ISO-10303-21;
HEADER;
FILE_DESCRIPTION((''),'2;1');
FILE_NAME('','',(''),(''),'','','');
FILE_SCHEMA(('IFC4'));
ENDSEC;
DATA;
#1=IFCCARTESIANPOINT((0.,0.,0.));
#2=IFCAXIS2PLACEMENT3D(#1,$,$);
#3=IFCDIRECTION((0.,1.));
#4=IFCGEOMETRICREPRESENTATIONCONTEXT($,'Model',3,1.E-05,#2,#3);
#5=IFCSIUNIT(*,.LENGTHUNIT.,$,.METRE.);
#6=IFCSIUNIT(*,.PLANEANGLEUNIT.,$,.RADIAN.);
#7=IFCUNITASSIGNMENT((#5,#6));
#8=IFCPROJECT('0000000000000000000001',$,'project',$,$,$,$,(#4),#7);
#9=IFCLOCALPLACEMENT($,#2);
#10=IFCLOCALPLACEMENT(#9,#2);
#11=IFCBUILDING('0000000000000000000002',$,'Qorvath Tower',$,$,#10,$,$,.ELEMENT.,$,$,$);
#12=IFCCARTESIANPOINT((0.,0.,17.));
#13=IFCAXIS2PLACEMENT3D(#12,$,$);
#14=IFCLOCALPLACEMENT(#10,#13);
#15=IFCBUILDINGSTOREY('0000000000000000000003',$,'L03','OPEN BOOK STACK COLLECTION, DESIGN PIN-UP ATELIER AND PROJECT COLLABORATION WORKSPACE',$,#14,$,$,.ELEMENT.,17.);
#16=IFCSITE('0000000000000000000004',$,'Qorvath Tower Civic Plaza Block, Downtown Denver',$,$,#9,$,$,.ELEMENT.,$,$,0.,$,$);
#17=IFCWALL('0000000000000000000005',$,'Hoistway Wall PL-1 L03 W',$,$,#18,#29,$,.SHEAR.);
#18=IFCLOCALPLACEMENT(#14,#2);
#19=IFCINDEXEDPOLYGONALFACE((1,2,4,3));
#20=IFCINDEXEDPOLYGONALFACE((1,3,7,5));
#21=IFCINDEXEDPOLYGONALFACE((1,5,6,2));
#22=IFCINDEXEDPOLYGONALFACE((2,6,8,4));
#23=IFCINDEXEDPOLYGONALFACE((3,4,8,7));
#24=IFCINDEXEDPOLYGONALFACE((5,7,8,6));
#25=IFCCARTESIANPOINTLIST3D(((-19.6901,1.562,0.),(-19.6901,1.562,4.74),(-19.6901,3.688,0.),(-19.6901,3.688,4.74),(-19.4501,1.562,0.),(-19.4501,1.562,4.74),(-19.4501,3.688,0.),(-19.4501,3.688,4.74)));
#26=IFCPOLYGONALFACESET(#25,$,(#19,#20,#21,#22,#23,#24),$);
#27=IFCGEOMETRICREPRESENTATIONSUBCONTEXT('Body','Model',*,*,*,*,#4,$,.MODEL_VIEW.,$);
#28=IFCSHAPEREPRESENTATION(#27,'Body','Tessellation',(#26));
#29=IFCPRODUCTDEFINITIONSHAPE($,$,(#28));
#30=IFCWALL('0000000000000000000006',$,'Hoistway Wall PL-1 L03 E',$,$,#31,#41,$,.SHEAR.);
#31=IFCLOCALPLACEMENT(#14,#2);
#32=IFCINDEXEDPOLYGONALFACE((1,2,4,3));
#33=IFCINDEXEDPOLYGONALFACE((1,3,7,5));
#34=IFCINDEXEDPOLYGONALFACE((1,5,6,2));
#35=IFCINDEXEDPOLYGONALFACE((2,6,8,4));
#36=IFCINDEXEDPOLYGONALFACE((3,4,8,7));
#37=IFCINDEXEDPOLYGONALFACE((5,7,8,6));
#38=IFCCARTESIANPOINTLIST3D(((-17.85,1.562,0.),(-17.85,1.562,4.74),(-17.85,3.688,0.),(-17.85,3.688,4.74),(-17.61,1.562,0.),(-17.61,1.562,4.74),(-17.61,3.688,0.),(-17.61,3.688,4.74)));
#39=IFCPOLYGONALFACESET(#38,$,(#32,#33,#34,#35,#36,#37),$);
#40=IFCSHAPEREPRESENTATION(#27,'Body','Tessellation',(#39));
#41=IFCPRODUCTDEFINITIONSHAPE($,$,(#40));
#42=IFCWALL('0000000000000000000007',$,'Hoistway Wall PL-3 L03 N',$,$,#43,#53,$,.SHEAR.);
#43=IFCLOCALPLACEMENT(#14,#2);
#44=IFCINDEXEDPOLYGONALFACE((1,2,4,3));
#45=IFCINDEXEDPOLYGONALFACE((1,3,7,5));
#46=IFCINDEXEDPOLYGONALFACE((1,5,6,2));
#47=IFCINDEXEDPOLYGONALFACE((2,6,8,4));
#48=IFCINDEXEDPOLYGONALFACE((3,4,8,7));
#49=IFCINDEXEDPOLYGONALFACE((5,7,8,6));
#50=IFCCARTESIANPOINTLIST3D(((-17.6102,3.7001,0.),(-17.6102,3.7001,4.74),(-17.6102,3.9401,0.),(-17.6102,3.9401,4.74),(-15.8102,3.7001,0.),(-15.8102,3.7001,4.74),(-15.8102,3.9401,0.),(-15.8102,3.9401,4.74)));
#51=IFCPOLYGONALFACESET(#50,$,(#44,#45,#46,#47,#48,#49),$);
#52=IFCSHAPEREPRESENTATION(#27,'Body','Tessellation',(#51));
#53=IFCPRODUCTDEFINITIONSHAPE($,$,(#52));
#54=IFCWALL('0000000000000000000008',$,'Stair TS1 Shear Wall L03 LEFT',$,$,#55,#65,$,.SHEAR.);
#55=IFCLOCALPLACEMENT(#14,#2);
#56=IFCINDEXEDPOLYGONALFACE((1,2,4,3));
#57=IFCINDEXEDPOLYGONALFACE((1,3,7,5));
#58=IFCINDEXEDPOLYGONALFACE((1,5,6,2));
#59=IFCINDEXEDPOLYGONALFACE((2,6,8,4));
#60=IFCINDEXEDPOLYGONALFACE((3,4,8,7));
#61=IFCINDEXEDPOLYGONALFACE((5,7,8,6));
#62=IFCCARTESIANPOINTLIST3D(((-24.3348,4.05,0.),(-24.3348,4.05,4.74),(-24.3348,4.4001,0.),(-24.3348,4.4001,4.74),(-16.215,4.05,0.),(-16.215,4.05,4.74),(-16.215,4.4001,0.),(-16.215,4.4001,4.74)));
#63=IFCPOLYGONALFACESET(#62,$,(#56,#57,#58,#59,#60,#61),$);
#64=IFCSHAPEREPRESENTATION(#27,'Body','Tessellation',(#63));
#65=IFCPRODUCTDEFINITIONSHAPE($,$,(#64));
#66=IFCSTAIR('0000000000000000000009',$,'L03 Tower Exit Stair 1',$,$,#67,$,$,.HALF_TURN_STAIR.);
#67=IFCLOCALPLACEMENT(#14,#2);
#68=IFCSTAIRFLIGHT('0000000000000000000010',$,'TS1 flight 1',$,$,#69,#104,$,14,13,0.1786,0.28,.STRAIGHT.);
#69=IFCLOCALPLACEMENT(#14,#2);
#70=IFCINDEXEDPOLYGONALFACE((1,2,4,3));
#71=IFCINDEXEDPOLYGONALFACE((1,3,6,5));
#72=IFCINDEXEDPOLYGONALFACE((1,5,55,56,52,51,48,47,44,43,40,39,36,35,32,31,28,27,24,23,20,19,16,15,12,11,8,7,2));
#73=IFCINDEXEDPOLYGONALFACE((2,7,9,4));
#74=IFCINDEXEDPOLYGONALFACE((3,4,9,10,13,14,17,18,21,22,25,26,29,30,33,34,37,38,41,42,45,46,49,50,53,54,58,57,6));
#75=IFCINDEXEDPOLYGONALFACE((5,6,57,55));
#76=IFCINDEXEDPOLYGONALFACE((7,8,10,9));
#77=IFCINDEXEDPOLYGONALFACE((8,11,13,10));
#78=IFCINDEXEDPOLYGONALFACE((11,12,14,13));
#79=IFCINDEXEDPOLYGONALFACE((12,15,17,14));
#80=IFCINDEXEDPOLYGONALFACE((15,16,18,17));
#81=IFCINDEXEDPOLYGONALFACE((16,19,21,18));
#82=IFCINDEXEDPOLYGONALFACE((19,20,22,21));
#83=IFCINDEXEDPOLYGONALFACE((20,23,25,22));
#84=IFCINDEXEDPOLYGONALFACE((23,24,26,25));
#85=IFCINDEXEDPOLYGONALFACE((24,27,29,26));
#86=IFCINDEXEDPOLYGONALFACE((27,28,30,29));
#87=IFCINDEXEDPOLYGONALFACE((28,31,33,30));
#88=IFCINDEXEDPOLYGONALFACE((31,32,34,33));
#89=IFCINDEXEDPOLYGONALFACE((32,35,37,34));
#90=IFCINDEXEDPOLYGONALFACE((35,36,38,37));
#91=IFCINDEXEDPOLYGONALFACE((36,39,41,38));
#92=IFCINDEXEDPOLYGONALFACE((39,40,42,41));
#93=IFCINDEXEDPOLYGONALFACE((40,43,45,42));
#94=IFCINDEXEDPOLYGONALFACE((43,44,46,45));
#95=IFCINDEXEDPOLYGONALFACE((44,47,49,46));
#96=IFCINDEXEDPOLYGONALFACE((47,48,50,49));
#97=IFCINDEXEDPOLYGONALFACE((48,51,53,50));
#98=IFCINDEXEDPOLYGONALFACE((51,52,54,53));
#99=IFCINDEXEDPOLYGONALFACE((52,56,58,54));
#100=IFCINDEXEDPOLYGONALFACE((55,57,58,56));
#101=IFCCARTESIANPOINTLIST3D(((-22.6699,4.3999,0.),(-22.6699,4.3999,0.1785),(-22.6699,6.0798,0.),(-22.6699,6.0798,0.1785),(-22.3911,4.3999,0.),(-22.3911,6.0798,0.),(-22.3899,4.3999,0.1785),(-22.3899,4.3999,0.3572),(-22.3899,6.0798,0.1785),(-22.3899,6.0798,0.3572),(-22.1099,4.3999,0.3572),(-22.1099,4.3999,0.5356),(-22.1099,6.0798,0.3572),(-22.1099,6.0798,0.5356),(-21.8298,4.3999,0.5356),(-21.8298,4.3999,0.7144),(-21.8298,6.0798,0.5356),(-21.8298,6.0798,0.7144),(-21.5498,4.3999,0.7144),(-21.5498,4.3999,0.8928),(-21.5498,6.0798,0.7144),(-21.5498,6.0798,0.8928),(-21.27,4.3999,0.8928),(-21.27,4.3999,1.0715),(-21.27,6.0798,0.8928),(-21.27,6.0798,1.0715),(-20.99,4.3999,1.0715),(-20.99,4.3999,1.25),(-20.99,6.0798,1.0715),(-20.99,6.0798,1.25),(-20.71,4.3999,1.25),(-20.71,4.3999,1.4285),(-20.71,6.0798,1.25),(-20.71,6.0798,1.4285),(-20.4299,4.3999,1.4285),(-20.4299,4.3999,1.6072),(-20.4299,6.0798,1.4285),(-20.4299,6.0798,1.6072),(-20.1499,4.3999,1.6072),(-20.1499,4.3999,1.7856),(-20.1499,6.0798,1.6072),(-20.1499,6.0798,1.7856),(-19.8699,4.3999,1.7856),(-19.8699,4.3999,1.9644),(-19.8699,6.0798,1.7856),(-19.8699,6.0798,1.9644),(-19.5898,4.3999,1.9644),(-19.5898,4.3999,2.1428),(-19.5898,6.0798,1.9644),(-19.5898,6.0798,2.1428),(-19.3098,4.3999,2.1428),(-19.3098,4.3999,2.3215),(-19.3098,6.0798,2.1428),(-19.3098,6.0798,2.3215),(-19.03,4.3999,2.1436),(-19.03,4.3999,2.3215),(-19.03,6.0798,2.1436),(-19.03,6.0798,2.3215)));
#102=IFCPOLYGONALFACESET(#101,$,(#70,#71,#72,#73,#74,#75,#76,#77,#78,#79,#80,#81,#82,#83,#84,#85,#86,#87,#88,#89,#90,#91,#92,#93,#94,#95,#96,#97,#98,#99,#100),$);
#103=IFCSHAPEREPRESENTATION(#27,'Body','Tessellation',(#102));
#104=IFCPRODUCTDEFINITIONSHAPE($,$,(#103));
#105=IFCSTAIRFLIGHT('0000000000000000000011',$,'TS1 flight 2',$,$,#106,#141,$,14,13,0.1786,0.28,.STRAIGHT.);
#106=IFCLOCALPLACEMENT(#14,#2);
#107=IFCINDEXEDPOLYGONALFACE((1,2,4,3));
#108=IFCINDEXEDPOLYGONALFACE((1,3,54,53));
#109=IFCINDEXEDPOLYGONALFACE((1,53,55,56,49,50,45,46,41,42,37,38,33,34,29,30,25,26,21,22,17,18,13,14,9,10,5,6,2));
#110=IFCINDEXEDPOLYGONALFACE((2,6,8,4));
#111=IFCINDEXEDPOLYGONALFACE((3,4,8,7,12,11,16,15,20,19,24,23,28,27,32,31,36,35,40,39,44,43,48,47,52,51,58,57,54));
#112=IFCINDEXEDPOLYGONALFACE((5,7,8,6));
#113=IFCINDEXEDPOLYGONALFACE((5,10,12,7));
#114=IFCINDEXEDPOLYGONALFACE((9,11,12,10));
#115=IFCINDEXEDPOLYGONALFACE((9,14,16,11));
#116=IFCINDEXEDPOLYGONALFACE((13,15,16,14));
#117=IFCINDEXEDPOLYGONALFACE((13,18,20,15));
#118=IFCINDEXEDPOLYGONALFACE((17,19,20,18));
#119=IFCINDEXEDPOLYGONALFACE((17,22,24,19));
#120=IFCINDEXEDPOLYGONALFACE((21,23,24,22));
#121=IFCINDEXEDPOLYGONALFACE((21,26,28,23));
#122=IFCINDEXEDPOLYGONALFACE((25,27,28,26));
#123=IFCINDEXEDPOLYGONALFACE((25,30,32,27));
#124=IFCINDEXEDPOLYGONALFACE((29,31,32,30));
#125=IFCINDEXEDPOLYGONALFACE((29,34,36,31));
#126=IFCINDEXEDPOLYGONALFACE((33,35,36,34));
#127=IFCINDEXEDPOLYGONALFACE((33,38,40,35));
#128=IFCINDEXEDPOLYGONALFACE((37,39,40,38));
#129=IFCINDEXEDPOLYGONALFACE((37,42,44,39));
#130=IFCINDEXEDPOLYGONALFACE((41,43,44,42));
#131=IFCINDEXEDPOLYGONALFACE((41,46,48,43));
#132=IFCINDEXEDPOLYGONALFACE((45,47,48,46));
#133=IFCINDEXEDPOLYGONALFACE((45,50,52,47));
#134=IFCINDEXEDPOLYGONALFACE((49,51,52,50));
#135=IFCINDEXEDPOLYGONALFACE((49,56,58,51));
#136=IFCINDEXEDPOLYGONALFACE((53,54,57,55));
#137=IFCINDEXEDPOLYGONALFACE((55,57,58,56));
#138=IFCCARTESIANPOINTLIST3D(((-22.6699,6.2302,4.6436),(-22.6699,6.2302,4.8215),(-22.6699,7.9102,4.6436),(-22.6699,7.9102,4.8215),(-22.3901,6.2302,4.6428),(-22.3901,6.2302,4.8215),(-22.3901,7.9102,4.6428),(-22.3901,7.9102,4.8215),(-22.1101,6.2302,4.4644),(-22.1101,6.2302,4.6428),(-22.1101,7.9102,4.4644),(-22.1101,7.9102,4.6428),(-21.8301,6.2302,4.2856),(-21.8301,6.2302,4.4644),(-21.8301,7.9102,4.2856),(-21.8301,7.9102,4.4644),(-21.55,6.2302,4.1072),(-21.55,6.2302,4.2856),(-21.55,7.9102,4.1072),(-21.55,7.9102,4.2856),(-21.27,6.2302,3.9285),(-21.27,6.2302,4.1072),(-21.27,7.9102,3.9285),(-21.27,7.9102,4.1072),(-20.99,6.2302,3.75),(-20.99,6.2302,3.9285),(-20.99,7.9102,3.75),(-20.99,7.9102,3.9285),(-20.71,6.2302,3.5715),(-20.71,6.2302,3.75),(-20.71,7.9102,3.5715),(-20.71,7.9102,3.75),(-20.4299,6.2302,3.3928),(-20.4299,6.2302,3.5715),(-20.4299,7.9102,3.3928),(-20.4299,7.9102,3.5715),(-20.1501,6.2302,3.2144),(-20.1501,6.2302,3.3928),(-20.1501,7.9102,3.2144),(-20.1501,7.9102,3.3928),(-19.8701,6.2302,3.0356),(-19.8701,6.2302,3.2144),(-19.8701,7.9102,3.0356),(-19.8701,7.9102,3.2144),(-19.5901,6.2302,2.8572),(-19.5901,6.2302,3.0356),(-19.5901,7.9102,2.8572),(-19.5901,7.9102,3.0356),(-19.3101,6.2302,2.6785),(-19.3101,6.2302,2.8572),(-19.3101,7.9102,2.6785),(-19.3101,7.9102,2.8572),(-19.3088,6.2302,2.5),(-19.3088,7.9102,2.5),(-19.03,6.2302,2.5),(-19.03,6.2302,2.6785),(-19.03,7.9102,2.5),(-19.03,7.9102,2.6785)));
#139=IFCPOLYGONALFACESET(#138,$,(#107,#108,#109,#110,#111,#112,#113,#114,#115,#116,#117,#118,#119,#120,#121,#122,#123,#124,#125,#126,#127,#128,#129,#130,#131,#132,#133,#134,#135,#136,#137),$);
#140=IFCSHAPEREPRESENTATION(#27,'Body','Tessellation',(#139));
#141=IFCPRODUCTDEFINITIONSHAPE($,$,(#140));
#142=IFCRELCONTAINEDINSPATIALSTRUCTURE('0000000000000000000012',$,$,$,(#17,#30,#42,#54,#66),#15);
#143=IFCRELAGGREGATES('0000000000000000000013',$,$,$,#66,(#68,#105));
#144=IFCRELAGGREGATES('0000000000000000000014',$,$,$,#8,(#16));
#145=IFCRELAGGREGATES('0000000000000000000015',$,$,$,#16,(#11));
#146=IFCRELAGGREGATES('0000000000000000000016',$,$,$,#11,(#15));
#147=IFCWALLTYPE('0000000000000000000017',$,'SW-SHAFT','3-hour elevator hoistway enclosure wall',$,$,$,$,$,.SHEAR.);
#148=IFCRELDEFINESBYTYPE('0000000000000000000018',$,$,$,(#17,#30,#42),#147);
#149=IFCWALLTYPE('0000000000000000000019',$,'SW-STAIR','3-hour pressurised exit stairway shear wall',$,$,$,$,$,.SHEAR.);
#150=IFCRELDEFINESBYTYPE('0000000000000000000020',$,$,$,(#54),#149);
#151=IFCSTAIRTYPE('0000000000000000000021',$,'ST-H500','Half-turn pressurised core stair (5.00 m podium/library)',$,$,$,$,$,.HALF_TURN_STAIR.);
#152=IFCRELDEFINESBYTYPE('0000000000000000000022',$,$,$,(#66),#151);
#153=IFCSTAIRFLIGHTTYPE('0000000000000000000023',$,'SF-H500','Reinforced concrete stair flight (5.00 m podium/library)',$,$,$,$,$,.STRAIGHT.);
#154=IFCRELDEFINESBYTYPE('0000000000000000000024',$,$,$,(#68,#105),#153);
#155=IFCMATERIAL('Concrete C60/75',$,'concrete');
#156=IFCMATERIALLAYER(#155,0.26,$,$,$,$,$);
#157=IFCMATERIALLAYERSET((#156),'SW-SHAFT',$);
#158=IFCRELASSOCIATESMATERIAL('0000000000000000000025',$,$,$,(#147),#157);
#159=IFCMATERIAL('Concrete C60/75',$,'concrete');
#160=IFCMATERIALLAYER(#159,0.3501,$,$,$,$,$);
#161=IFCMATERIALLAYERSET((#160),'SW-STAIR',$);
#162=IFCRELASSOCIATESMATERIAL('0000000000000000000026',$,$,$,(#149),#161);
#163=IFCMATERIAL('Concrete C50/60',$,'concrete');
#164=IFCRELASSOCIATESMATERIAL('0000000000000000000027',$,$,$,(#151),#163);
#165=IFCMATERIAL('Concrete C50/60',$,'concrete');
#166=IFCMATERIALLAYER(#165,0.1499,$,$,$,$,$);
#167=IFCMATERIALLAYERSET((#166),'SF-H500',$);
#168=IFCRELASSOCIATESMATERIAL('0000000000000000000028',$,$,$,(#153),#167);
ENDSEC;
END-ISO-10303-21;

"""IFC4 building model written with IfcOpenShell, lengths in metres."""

from ifc_helpers import new_model, si_unit, direction, frame, frame_2d, origin, place, context, subcontext, project, spatial, polyline, rectangle, outline, extrude, material, layer, layer_set, type_object, element, aggregate, save


model = new_model("IFC4")

# Units and contexts
model_context = context("Model", 3, precision=1e-05, world=origin(), true_north=direction((0.0, 1.0)))
body_context = subcontext(model_context, "Body", "Model", "MODEL_VIEW")
ifc_project = project(units=[si_unit("LENGTHUNIT", "METRE"), si_unit("PLANEANGLEUNIT", "RADIAN")], contexts=[model_context])

# Site, building, storey
site_placement = place(None, origin())
site = spatial("IfcSite", under=ifc_project, at=site_placement, Name="Qorvath Tower Civic Plaza Block, Downtown Denver", CompositionType="ELEMENT", RefElevation=0.0)
building_placement = place(site_placement, origin())
building = spatial("IfcBuilding", under=site, at=building_placement, Name="Qorvath Tower", CompositionType="ELEMENT")
storey_placement = place(building_placement, frame((0.0, 0.0, 17.0)))
storey = spatial("IfcBuildingStorey", under=building, at=storey_placement, Name="L03", Description="OPEN BOOK STACK COLLECTION, DESIGN PIN-UP ATELIER AND PROJECT COLLABORATION WORKSPACE", CompositionType="ELEMENT", Elevation=17.0)

# Shared definitions
ifc_material_1 = material(Name="Concrete C60/75", Category="concrete")
ifc_layer_1 = layer(ifc_material_1, 0.26)
ifc_layer_set_1 = layer_set([ifc_layer_1], Name="SW-SHAFT")
wall_type_1 = type_object("IfcWallType", Name="SW-SHAFT", Description="3-hour elevator hoistway enclosure wall", PredefinedType="SHEAR", material=ifc_layer_set_1)

# Walls
for number, where, z_axis, x_axis, name in (
    (1, (-19.5701, 1.562, 0.0), (0.0, 0.0, 1.0), (0.0, 1.0, 0.0), "Hoistway Wall PL-1 L03 W"),
    (2, (-17.73, 3.688, 0.0), (0.0, 0.0, 1.0), (0.0, -1.0, 0.0), "Hoistway Wall PL-1 L03 E"),
):
    element("IfcWall", number, at=place(storey_placement, frame(where, z_axis=z_axis, x_axis=x_axis)), inside=storey, type_object=wall_type_1, Name=name, PredefinedType="SHEAR", context=body_context, shape_type="SweptSolid", body=[
        extrude(rectangle(XDim=2.126, YDim=0.24, at=frame_2d((1.063, 0.0))), origin(), (0.0, 0.0, 1.0), 4.74),
    ])
wall_1_placement = place(storey_placement, frame((-17.6101, 3.8201, 0.0), z_axis=(0.0, 0.0, 1.0), x_axis=(1.0, 0.0, 0.0)))
element("IfcWall", 3, at=wall_1_placement, inside=storey, type_object=wall_type_1, Name="Hoistway Wall PL-3 L03 N", PredefinedType="SHEAR", context=body_context, shape_type="SweptSolid", body=[
    extrude(rectangle(XDim=1.8, YDim=0.24, at=frame_2d((0.8999, 0.0))), origin(), (0.0, 0.0, 1.0), 4.74),
])
ifc_material_2 = material(Name="Concrete C60/75", Category="concrete")
ifc_layer_2 = layer(ifc_material_2, 0.3501)
ifc_layer_set_2 = layer_set([ifc_layer_2], Name="SW-STAIR")
wall_type_2 = type_object("IfcWallType", Name="SW-STAIR", Description="3-hour pressurised exit stairway shear wall", PredefinedType="SHEAR", material=ifc_layer_set_2)
wall_2_placement = place(storey_placement, frame((-24.335, 4.2251, 0.0), z_axis=(0.0, 0.0, 1.0), x_axis=(1.0, 0.0, 0.0)))
element("IfcWall", 4, at=wall_2_placement, inside=storey, type_object=wall_type_2, Name="Stair TS1 Shear Wall L03 LEFT", PredefinedType="SHEAR", context=body_context, shape_type="SweptSolid", body=[
    extrude(rectangle(XDim=8.1199, YDim=0.3501, at=frame_2d((4.0601, 0.0))), origin(), (0.0, 0.0, 1.0), 4.74),
])

# Stair, stair flights
ifc_material_3 = material(Name="Concrete C50/60", Category="concrete")
stair_type = type_object("IfcStairType", Name="ST-H500", Description="Half-turn pressurised core stair (5.00 m podium/library)", PredefinedType="HALF_TURN_STAIR", material=ifc_material_3)
stair_placement = place(storey_placement, origin())
stair = element("IfcStair", 5, at=stair_placement, inside=storey, type_object=stair_type, Name="L03 Tower Exit Stair 1", PredefinedType="HALF_TURN_STAIR")
ifc_material_4 = material(Name="Concrete C50/60", Category="concrete")
ifc_layer_3 = layer(ifc_material_4, 0.1499)
ifc_layer_set_3 = layer_set([ifc_layer_3], Name="SF-H500")
stair_flight_type = type_object("IfcStairFlightType", Name="SF-H500", Description="Reinforced concrete stair flight (5.00 m podium/library)", PredefinedType="STRAIGHT", material=ifc_layer_set_3)
stair_flight_1_placement = place(storey_placement, frame((-22.6699, 5.24, 0.0), z_axis=(0.0, 0.0, 1.0), x_axis=(1.0, 0.0, 0.0)))
stair_flight_1 = element("IfcStairFlight", 6, at=stair_flight_1_placement, type_object=stair_flight_type, Name="TS1 flight 1", NumberOfRisers=14, NumberOfTreads=13, PredefinedType="STRAIGHT", RiserHeight=0.1786, TreadLength=0.28, context=body_context, shape_type="SweptSolid", body=[
    extrude(outline(polyline([(0.0, 0.0), (0.0, 0.1785), (0.28, 0.1785), (0.28, 0.3572), (0.5601, 0.3572), (0.5601, 0.5356), (0.8401, 0.5356), (0.8401, 0.7144), (1.1201, 0.7144), (1.1201, 0.8928), (1.3999, 0.8928), (1.3999, 1.0715), (1.6799, 1.0715), (1.6799, 1.25), (1.96, 1.25), (1.96, 1.4285), (2.24, 1.4285), (2.24, 1.6072), (2.52, 1.6072), (2.52, 1.7856), (2.8, 1.7856), (2.8, 1.9644), (3.0801, 1.9644), (3.0801, 2.1428), (3.3601, 2.1428), (3.3601, 2.3215), (3.6399, 2.3215), (3.6399, 2.5), (3.6399, 2.1436), (0.2788, 0.0), (0.0, 0.0)])), frame((0.0, 0.8398, 0.0), z_axis=(0.0, -1.0, 0.0), x_axis=(1.0, 0.0, 0.0)), (0.0, 0.0, 1.0), 1.6799),
])
stair_flight_2_placement = place(storey_placement, frame((-19.03, 7.0701, 2.5), z_axis=(0.0, 0.0, 1.0), x_axis=(-1.0, 0.0, 0.0)))
stair_flight_2 = element("IfcStairFlight", 7, at=stair_flight_2_placement, type_object=stair_flight_type, Name="TS1 flight 2", NumberOfRisers=14, NumberOfTreads=13, PredefinedType="STRAIGHT", RiserHeight=0.1786, TreadLength=0.28, context=body_context, shape_type="SweptSolid", body=[
    extrude(outline(polyline([(0.0, 0.0), (0.0, 0.1785), (0.28, 0.1785), (0.28, 0.3572), (0.5601, 0.3572), (0.5601, 0.5356), (0.8401, 0.5356), (0.8401, 0.7144), (1.1201, 0.7144), (1.1201, 0.8928), (1.3999, 0.8928), (1.3999, 1.0715), (1.6799, 1.0715), (1.6799, 1.25), (1.96, 1.25), (1.96, 1.4285), (2.24, 1.4285), (2.24, 1.6072), (2.52, 1.6072), (2.52, 1.7856), (2.8, 1.7856), (2.8, 1.9644), (3.0801, 1.9644), (3.0801, 2.1428), (3.3601, 2.1428), (3.3601, 2.3215), (3.6399, 2.3215), (3.6399, 2.5), (3.6399, 2.1436), (0.2788, 0.0), (0.0, 0.0)])), frame((0.0, 0.8398, 0.0), z_axis=(0.0, -1.0, 0.0), x_axis=(1.0, 0.0, 0.0)), (0.0, 0.0, 1.0), 1.6799),
])
aggregate(stair, [stair_flight_1, stair_flight_2])

save(model, "model.ifc")
